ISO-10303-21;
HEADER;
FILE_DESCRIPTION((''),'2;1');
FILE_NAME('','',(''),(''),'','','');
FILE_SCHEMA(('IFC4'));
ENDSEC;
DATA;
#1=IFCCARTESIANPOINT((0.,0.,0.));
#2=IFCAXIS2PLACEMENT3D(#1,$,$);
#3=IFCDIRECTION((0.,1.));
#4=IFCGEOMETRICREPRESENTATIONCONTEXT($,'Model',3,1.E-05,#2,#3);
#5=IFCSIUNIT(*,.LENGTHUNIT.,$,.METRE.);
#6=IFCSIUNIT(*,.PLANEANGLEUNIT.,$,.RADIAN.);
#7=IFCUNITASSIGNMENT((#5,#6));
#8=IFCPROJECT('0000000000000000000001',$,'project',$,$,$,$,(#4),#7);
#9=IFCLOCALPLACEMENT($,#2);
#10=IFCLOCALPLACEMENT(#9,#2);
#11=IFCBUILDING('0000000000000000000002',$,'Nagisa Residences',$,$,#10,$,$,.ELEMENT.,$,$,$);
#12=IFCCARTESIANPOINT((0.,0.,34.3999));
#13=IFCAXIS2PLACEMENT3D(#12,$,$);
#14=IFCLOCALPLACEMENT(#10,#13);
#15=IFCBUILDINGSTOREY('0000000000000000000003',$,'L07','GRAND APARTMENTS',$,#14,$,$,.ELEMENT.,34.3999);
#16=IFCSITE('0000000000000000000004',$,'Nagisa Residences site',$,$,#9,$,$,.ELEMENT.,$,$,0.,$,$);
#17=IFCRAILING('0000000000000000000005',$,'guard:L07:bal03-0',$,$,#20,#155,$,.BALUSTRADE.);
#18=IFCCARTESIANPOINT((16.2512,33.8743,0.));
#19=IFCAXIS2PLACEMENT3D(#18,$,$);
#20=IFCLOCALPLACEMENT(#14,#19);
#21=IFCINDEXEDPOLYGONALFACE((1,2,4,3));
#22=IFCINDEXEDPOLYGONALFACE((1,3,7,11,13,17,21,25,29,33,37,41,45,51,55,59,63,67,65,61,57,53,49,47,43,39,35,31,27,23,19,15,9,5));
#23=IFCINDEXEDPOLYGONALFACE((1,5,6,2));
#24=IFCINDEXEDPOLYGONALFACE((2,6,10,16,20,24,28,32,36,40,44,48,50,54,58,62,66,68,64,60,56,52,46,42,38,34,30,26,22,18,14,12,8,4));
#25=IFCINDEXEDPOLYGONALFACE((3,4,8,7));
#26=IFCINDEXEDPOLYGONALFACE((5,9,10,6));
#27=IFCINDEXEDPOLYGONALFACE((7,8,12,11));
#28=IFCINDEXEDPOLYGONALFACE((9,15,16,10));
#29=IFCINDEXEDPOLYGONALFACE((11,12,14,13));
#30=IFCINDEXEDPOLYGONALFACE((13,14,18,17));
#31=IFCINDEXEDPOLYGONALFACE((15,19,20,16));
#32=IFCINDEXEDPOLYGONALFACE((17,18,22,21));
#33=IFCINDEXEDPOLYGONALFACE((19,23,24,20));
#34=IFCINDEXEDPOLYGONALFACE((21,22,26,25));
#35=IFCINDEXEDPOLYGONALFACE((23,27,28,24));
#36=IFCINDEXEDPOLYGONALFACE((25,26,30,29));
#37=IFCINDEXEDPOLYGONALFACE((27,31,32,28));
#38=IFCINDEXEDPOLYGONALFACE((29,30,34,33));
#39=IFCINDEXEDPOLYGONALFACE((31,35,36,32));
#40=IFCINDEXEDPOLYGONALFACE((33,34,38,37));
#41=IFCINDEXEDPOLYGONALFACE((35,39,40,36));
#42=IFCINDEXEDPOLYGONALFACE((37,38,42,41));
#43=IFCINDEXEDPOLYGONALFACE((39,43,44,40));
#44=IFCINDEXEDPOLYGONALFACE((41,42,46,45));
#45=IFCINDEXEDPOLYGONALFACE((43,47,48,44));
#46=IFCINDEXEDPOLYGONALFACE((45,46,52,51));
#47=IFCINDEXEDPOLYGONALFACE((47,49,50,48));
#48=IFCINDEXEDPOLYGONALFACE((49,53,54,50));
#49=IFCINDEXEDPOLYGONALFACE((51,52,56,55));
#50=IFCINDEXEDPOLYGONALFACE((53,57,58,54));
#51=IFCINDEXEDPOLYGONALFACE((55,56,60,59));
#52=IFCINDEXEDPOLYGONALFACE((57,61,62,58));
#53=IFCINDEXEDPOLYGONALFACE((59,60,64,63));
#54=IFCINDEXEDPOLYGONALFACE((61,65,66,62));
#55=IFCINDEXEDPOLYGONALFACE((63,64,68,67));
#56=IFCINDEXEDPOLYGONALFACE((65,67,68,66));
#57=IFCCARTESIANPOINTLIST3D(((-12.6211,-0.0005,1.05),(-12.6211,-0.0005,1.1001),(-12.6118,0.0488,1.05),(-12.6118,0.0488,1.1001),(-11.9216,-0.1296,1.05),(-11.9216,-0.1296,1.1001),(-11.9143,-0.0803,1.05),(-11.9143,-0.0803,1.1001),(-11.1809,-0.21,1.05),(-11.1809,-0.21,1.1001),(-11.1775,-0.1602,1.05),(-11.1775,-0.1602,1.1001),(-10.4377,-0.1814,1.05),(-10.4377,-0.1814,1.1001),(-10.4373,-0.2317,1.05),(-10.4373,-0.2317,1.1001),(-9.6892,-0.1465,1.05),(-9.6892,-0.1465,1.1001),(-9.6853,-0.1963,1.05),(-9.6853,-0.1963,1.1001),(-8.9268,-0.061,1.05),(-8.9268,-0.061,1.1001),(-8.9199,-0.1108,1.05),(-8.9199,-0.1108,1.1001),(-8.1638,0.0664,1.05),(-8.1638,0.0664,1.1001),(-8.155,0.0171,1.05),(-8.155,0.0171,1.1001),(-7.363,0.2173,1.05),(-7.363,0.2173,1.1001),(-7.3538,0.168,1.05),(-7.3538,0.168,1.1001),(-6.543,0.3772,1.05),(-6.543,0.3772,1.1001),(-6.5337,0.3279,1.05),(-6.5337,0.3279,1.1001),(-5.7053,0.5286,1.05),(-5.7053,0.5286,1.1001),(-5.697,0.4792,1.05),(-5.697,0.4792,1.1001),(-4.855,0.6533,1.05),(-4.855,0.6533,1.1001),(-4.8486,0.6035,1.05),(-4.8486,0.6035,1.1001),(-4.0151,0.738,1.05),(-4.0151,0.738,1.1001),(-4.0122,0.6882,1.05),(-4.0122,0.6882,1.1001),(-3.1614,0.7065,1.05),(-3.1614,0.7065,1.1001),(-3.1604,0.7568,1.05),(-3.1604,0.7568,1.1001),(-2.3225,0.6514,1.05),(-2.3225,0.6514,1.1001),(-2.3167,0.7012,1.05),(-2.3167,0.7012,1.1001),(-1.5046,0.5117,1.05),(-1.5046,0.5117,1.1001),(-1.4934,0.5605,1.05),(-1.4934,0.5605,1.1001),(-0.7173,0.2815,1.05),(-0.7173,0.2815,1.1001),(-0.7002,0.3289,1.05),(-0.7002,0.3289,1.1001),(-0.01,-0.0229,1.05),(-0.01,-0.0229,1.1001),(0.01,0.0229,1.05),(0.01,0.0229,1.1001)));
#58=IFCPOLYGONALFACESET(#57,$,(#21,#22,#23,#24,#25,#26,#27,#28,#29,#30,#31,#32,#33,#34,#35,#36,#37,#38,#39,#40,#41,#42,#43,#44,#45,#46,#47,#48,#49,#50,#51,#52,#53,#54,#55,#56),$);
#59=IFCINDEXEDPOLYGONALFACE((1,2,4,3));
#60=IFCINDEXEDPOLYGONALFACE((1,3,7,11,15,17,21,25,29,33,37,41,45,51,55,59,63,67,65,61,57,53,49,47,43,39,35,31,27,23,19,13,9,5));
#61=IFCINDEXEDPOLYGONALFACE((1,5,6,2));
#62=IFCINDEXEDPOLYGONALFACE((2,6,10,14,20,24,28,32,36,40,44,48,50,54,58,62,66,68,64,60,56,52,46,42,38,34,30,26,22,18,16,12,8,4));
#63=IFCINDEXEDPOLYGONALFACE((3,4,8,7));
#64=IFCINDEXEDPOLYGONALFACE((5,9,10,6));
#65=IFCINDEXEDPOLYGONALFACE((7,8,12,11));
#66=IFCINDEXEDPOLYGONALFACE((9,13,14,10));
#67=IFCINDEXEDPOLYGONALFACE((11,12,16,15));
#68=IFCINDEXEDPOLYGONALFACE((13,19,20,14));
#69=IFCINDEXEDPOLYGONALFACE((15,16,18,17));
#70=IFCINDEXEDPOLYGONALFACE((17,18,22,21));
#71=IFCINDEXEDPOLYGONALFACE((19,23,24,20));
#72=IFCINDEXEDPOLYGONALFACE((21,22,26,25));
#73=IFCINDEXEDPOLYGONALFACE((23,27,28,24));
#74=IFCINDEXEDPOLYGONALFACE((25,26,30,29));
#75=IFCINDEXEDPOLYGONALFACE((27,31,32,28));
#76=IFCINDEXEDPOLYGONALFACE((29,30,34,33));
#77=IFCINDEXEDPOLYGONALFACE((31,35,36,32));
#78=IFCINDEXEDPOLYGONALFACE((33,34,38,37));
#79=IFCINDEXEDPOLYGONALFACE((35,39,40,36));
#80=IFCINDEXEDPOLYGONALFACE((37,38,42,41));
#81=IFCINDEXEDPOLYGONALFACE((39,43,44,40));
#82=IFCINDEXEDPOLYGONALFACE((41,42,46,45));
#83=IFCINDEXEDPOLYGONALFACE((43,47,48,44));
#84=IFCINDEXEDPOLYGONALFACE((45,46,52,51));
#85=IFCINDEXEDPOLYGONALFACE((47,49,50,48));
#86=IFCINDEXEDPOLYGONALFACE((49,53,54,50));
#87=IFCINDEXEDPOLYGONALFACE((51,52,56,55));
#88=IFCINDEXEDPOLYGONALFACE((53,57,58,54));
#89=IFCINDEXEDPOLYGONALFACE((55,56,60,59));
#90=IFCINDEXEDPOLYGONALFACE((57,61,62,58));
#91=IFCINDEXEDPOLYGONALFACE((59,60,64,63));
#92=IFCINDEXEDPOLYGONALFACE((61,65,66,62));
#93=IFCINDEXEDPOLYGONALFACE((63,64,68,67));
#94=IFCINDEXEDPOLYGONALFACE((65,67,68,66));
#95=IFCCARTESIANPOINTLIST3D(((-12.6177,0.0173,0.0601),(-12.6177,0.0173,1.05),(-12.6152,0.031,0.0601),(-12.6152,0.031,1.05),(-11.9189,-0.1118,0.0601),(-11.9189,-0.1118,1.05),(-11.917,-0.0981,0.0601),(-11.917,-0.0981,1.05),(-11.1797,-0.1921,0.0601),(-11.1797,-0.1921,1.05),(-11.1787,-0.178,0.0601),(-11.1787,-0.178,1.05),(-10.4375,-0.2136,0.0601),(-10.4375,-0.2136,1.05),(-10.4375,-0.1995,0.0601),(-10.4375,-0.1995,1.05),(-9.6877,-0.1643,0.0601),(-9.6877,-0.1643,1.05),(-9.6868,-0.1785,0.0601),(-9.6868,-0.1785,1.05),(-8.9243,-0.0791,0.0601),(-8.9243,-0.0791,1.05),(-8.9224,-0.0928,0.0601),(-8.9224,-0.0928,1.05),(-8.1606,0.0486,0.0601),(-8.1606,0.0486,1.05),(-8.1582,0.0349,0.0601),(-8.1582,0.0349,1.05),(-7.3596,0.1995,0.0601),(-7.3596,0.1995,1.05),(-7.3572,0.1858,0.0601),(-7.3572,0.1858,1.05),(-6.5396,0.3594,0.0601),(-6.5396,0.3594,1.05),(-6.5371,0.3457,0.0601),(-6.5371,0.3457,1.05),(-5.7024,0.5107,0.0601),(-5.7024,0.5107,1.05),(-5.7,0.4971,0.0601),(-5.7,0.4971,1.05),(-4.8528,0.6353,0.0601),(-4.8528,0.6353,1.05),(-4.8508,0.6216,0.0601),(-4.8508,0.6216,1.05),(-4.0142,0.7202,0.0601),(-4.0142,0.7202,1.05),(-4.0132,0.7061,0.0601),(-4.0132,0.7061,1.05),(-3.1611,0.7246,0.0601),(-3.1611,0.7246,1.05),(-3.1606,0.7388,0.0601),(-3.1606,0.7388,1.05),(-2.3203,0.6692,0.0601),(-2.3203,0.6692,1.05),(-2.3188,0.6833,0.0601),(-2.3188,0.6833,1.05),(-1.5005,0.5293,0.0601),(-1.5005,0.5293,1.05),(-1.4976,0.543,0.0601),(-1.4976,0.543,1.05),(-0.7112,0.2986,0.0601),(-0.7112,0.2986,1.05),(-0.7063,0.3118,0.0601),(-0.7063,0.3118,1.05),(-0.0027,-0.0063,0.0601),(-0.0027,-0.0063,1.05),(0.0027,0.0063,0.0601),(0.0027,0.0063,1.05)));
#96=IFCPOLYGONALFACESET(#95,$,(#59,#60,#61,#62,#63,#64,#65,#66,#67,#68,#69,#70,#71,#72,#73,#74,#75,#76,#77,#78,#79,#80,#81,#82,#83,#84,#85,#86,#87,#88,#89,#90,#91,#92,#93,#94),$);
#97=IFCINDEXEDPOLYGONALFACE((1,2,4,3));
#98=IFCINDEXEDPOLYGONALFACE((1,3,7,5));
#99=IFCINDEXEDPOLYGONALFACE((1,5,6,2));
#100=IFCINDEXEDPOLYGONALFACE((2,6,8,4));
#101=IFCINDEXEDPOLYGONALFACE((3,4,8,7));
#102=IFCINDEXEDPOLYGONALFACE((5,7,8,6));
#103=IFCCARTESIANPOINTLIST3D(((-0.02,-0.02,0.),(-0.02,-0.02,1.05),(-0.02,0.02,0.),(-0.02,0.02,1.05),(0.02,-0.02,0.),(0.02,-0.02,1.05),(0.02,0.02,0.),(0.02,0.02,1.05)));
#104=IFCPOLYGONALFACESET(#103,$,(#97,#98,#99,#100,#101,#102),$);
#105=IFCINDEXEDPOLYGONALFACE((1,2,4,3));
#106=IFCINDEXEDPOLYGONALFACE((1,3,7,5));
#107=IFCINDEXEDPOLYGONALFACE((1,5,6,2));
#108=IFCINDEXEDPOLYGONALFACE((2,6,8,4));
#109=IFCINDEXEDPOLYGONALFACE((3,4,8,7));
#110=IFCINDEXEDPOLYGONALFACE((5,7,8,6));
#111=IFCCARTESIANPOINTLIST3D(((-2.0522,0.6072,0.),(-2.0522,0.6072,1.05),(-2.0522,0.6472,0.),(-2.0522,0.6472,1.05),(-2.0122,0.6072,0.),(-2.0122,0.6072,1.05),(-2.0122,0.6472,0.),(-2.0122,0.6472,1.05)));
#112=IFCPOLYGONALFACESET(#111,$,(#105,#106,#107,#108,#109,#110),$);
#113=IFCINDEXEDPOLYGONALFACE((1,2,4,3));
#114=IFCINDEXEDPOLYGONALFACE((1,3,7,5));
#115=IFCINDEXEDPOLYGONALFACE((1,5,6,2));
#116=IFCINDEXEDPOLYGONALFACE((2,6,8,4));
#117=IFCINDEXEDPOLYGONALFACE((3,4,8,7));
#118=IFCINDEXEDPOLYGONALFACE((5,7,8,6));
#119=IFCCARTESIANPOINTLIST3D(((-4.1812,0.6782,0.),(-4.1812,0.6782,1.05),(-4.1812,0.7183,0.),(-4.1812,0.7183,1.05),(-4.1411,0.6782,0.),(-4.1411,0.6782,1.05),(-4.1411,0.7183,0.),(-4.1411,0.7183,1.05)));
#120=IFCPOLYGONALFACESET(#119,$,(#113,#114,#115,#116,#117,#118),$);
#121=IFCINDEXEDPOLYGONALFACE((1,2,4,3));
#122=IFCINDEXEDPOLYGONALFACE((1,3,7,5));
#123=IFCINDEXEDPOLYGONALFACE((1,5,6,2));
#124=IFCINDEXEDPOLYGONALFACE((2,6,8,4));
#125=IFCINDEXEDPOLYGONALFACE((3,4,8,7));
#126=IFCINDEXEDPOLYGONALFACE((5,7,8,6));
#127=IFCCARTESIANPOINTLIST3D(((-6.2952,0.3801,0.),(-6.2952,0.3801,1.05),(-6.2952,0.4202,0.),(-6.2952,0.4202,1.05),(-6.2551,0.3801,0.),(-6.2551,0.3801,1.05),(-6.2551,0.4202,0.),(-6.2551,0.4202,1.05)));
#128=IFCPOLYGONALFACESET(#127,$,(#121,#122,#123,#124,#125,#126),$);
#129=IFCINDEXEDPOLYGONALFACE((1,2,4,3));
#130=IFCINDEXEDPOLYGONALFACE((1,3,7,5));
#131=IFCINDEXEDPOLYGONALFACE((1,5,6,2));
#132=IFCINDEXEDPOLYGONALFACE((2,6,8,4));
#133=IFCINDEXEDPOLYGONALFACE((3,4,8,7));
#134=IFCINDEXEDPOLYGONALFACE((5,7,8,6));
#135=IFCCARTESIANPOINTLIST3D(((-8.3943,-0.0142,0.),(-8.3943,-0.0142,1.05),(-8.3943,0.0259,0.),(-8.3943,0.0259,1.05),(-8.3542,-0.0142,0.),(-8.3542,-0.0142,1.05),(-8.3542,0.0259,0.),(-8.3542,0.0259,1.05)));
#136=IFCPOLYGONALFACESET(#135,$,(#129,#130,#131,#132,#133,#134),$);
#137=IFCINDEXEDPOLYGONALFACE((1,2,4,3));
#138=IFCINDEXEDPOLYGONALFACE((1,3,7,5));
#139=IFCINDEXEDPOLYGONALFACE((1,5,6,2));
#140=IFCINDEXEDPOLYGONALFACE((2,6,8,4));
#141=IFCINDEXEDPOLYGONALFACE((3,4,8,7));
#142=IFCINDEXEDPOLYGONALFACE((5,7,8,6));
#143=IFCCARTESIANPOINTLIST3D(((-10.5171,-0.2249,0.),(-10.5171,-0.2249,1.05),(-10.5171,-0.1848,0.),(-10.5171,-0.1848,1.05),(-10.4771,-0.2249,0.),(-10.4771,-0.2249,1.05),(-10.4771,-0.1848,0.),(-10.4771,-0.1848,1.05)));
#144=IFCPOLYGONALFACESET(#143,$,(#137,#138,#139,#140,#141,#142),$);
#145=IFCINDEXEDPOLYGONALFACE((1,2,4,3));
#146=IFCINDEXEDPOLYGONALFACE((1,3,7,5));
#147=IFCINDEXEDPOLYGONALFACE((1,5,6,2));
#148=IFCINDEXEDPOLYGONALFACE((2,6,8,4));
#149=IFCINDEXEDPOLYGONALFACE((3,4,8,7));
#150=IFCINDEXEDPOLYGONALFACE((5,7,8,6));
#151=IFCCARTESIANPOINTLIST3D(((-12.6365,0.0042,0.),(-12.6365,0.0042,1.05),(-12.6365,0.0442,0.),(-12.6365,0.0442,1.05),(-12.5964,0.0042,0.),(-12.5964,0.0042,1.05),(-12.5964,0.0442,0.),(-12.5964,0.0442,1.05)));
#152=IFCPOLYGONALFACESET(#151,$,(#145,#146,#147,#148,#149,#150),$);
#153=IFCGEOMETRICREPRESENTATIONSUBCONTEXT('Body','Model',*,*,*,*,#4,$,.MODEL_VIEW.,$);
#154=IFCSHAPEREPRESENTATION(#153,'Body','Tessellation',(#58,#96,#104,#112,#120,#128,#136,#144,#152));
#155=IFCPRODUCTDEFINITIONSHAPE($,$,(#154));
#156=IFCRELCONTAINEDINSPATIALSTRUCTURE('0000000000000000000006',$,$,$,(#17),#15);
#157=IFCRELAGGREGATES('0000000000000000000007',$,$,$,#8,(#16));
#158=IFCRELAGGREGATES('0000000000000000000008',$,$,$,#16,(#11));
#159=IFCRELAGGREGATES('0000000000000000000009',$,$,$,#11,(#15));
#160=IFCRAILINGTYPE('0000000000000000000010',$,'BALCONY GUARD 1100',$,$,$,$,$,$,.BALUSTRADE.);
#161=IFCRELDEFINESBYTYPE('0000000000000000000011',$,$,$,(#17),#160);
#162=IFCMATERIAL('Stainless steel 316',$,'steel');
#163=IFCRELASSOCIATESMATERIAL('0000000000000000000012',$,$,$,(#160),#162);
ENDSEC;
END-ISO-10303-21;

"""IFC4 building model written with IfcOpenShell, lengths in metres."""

from ifc_helpers import new_model, si_unit, direction, frame, origin, origin_2d, place, context, subcontext, project, spatial, polyline, rectangle, outline, extrude, material, type_object, element, save


model = new_model("IFC4")

# Units and contexts
model_context = context("Model", 3, precision=1e-05, world=origin(), true_north=direction((0.0, 1.0)))
body_context = subcontext(model_context, "Body", "Model", "MODEL_VIEW")
ifc_project = project(units=[si_unit("LENGTHUNIT", "METRE"), si_unit("PLANEANGLEUNIT", "RADIAN")], contexts=[model_context])

# Site, building, storey
site_placement = place(None, origin())
site = spatial("IfcSite", under=ifc_project, at=site_placement, Name="Nagisa Residences site", CompositionType="ELEMENT", RefElevation=0.0)
building_placement = place(site_placement, origin())
building = spatial("IfcBuilding", under=site, at=building_placement, Name="Nagisa Residences", CompositionType="ELEMENT")
storey_placement = place(building_placement, frame((0.0, 0.0, 34.3999)))
storey = spatial("IfcBuildingStorey", under=building, at=storey_placement, Name="L07", Description="GRAND APARTMENTS", CompositionType="ELEMENT", Elevation=34.3999)

# Railing
ifc_material_1 = material(Name="Stainless steel 316", Category="steel")
railing_type = type_object("IfcRailingType", Name="BALCONY GUARD 1100", PredefinedType="BALUSTRADE", material=ifc_material_1)
railing_1_placement = place(storey_placement, frame((16.2512, 33.8743, 0.0)))
element("IfcRailing", 1, at=railing_1_placement, inside=storey, type_object=railing_type, Name="guard:L07:bal03-0", PredefinedType="BALUSTRADE", context=body_context, shape_type="SweptSolid", body=[
    extrude(outline(polyline([(-0.7173, 0.2815), (-0.01, -0.0229), (0.01, 0.0229), (-0.7002, 0.3289), (-1.4934, 0.5605), (-2.3167, 0.7012), (-3.1604, 0.7568), (-4.0151, 0.738), (-4.855, 0.6533), (-5.7053, 0.5286), (-6.543, 0.3772), (-7.363, 0.2173), (-8.1638, 0.0664), (-8.9268, -0.061), (-9.6892, -0.1465), (-10.4377, -0.1814), (-11.1775, -0.1602), (-11.9143, -0.0803), (-12.6118, 0.0488), (-12.6211, -0.0005), (-11.9216, -0.1296), (-11.1809, -0.21), (-10.4373, -0.2317), (-9.6853, -0.1963), (-8.9199, -0.1108), (-8.155, 0.0171), (-7.3538, 0.168), (-6.5337, 0.3279), (-5.697, 0.4792), (-4.8486, 0.6035), (-4.0122, 0.6882), (-3.1614, 0.7065), (-2.3225, 0.6514), (-1.5046, 0.5117), (-0.7173, 0.2815)])), frame((0.0, 0.0, 1.05)), (0.0, 0.0, 1.0), 0.05),
    extrude(outline(polyline([(-0.7112, 0.2986), (-0.0027, -0.0063), (0.0027, 0.0063), (-0.7063, 0.3118), (-1.4976, 0.543), (-2.3188, 0.6833), (-3.1606, 0.7388), (-4.0142, 0.7202), (-4.8528, 0.6353), (-5.7024, 0.5107), (-6.5396, 0.3594), (-7.3596, 0.1995), (-8.1606, 0.0486), (-8.9243, -0.0791), (-9.6877, -0.1643), (-10.4375, -0.1995), (-11.1787, -0.178), (-11.917, -0.0981), (-12.6152, 0.031), (-12.6177, 0.0173), (-11.9189, -0.1118), (-11.1797, -0.1921), (-10.4375, -0.2136), (-9.6868, -0.1785), (-8.9224, -0.0928), (-8.1582, 0.0349), (-7.3572, 0.1858), (-6.5371, 0.3457), (-5.7, 0.4971), (-4.8508, 0.6216), (-4.0132, 0.7061), (-3.1611, 0.7246), (-2.3203, 0.6692), (-1.5005, 0.5293), (-0.7112, 0.2986)])), frame((0.0, 0.0, 0.0601)), (0.0, 0.0, 1.0), 0.99),
    extrude(rectangle(XDim=0.04, YDim=0.04, at=origin_2d()), origin(), (0.0, 0.0, 1.0), 1.05),
    extrude(rectangle(XDim=0.04, YDim=0.04, at=origin_2d()), frame((-2.0322, 0.6272, 0.0)), (0.0, 0.0, 1.0), 1.05),
    extrude(rectangle(XDim=0.04, YDim=0.04, at=origin_2d()), frame((-4.1611, 0.6982, 0.0)), (0.0, 0.0, 1.0), 1.05),
    extrude(rectangle(XDim=0.04, YDim=0.04, at=origin_2d()), frame((-6.2751, 0.4001, 0.0)), (0.0, 0.0, 1.0), 1.05),
    extrude(rectangle(XDim=0.04, YDim=0.04, at=origin_2d()), frame((-8.3743, 0.0059, 0.0)), (0.0, 0.0, 1.0), 1.05),
    extrude(rectangle(XDim=0.04, YDim=0.04, at=origin_2d()), frame((-10.4971, -0.2048, 0.0)), (0.0, 0.0, 1.0), 1.05),
    extrude(rectangle(XDim=0.04, YDim=0.04, at=origin_2d()), frame((-12.6165, 0.0242, 0.0)), (0.0, 0.0, 1.0), 1.05),
])

save(model, "model.ifc")
